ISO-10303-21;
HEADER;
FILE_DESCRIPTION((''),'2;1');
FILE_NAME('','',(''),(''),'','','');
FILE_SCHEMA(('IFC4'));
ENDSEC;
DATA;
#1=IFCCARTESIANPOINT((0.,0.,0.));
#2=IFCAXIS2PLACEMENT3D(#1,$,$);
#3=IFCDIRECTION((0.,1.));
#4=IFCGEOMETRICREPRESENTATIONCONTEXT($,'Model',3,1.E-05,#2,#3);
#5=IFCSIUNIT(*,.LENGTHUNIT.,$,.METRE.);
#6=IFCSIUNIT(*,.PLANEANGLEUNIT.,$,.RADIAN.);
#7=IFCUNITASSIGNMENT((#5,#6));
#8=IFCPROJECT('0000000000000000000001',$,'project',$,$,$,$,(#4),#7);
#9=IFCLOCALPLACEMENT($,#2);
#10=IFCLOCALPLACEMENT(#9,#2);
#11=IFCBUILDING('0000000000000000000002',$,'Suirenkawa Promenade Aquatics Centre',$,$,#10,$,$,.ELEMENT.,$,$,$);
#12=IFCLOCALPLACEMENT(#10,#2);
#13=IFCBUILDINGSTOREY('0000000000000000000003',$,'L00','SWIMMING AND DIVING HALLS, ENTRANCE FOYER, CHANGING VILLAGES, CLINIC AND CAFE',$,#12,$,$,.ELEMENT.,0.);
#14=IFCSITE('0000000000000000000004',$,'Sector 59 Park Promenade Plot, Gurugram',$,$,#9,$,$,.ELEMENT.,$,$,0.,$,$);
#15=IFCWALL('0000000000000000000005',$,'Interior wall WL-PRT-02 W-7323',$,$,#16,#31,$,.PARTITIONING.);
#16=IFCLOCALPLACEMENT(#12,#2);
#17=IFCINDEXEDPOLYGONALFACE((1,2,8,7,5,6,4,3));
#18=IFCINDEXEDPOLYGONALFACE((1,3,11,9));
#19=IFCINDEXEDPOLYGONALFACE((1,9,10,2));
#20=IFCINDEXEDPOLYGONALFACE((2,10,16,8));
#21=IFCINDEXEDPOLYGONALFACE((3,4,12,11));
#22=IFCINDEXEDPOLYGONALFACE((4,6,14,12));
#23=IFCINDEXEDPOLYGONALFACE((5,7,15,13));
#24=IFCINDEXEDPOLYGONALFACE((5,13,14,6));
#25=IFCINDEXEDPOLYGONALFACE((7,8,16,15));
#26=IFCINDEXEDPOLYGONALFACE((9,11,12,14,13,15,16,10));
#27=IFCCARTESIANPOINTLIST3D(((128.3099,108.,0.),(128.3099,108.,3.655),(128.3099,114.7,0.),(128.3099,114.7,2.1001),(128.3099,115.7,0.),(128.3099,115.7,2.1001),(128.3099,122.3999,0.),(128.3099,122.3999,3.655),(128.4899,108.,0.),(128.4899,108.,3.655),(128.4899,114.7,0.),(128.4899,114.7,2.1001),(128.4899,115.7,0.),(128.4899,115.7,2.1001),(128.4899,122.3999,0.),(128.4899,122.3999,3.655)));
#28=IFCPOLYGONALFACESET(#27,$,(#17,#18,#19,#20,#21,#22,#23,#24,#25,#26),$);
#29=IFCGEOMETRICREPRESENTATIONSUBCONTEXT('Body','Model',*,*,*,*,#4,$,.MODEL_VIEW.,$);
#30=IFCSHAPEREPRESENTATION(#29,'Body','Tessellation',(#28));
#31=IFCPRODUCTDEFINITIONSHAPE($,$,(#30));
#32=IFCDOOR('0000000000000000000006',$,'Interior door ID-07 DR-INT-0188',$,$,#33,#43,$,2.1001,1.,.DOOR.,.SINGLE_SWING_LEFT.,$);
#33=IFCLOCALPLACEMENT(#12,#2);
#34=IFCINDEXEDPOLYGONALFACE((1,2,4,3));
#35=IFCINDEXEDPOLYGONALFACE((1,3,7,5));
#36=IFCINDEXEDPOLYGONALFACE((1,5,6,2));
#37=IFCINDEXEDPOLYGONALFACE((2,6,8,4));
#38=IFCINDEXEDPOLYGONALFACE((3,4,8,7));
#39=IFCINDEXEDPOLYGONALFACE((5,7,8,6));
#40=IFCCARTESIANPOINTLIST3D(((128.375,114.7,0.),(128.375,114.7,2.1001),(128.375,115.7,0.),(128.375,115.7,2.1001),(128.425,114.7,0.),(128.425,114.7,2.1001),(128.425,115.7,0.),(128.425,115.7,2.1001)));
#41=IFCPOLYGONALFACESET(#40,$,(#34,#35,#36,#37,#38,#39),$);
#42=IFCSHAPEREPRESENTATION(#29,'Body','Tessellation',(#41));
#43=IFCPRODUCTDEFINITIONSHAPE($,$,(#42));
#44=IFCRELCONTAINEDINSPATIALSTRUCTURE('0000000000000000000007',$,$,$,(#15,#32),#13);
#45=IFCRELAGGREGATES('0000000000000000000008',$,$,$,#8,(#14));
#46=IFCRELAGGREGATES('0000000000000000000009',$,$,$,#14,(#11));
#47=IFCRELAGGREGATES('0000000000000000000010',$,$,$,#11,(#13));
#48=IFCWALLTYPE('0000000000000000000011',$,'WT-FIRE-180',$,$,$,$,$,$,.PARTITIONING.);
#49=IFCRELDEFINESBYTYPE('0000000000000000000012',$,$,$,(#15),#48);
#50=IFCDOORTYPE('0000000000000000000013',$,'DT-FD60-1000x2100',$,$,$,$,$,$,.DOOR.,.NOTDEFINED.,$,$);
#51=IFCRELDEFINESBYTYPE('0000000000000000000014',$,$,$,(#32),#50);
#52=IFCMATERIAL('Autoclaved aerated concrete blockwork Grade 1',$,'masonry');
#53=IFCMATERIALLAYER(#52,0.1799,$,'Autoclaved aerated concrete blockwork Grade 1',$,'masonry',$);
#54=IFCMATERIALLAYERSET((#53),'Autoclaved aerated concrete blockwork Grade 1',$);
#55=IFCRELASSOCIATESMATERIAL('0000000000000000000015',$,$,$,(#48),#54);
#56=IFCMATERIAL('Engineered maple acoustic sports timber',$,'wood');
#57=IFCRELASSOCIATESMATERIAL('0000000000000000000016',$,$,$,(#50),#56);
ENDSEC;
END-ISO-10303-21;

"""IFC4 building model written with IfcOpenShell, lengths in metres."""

from ifc_helpers import new_model, si_unit, direction, frame, frame_2d, origin, place, context, subcontext, project, spatial, rectangle, extrude, material, layer, layer_set, type_object, element, fill, save


model = new_model("IFC4")

# Units and contexts
model_context = context("Model", 3, precision=1e-05, world=origin(), true_north=direction((0.0, 1.0)))
body_context = subcontext(model_context, "Body", "Model", "MODEL_VIEW")
ifc_project = project(units=[si_unit("LENGTHUNIT", "METRE"), si_unit("PLANEANGLEUNIT", "RADIAN")], contexts=[model_context])

# Site, building, storey
site_placement = place(None, origin())
site = spatial("IfcSite", under=ifc_project, at=site_placement, Name="Sector 59 Park Promenade Plot, Gurugram", CompositionType="ELEMENT", RefElevation=0.0)
building_placement = place(site_placement, origin())
building = spatial("IfcBuilding", under=site, at=building_placement, Name="Suirenkawa Promenade Aquatics Centre", CompositionType="ELEMENT")
storey_placement = place(building_placement, origin())
storey = spatial("IfcBuildingStorey", under=building, at=storey_placement, Name="L00", Description="SWIMMING AND DIVING HALLS, ENTRANCE FOYER, CHANGING VILLAGES, CLINIC AND CAFE", CompositionType="ELEMENT", Elevation=0.0)

# Shared definitions
ifc_material_1 = material(Name="Autoclaved aerated concrete blockwork Grade 1", Category="masonry")

# Wall, opening, door
ifc_layer_1 = layer(ifc_material_1, 0.1799, Name="Autoclaved aerated concrete blockwork Grade 1", Category="masonry")
ifc_layer_set_1 = layer_set([ifc_layer_1], Name="Autoclaved aerated concrete blockwork Grade 1")
wall_type_1 = type_object("IfcWallType", Name="WT-FIRE-180", PredefinedType="PARTITIONING", material=ifc_layer_set_1)
wall_1_placement = place(storey_placement, frame((128.3999, 108.0, 0.0), z_axis=(0.0, 0.0, 1.0), x_axis=(0.0, 1.0, 0.0)))
wall_1 = element("IfcWall", 1, at=wall_1_placement, inside=storey, type_object=wall_type_1, Name="Interior wall WL-PRT-02 W-7323", PredefinedType="PARTITIONING", context=body_context, shape_type="SweptSolid", body=[
    extrude(rectangle(XDim=14.3999, YDim=0.1799, at=frame_2d((7.2, 0.0))), origin(), (0.0, 0.0, 1.0), 3.655),
])
opening_1_placement = place(wall_1_placement, frame((6.7, 0.0, 0.0)))
opening_1 = element("IfcOpeningElement", 2, at=opening_1_placement, cuts=wall_1, PredefinedType="OPENING", context=body_context, shape_type="SweptSolid", body=[
    extrude(rectangle(XDim=1.0, YDim=2.1001, at=frame_2d((0.5, 1.05))), frame((0.0, 0.0999, 0.0), z_axis=(0.0, -1.0, 0.0), x_axis=(1.0, 0.0, 0.0)), (0.0, 0.0, 1.0), 0.2),
])
ifc_material_2 = material(Name="Engineered maple acoustic sports timber", Category="wood")
door_type_1 = type_object("IfcDoorType", Name="DT-FD60-1000x2100", OperationType="NOTDEFINED", PredefinedType="DOOR", material=ifc_material_2)
door_1_placement = place(opening_1_placement, origin())
door_1 = element("IfcDoor", 3, at=door_1_placement, inside=storey, type_object=door_type_1, Name="Interior door ID-07 DR-INT-0188", OperationType="SINGLE_SWING_LEFT", OverallHeight=2.1001, OverallWidth=1.0, PredefinedType="DOOR", context=body_context, shape_type="SweptSolid", body=[
    extrude(rectangle(XDim=1.0, YDim=2.1001, at=frame_2d((0.5, 1.05))), frame((0.0, 0.0249, 0.0), z_axis=(0.0, -1.0, 0.0), x_axis=(1.0, 0.0, 0.0)), (0.0, 0.0, 1.0), 0.05),
])
fill(opening_1, door_1)

save(model, "model.ifc")
